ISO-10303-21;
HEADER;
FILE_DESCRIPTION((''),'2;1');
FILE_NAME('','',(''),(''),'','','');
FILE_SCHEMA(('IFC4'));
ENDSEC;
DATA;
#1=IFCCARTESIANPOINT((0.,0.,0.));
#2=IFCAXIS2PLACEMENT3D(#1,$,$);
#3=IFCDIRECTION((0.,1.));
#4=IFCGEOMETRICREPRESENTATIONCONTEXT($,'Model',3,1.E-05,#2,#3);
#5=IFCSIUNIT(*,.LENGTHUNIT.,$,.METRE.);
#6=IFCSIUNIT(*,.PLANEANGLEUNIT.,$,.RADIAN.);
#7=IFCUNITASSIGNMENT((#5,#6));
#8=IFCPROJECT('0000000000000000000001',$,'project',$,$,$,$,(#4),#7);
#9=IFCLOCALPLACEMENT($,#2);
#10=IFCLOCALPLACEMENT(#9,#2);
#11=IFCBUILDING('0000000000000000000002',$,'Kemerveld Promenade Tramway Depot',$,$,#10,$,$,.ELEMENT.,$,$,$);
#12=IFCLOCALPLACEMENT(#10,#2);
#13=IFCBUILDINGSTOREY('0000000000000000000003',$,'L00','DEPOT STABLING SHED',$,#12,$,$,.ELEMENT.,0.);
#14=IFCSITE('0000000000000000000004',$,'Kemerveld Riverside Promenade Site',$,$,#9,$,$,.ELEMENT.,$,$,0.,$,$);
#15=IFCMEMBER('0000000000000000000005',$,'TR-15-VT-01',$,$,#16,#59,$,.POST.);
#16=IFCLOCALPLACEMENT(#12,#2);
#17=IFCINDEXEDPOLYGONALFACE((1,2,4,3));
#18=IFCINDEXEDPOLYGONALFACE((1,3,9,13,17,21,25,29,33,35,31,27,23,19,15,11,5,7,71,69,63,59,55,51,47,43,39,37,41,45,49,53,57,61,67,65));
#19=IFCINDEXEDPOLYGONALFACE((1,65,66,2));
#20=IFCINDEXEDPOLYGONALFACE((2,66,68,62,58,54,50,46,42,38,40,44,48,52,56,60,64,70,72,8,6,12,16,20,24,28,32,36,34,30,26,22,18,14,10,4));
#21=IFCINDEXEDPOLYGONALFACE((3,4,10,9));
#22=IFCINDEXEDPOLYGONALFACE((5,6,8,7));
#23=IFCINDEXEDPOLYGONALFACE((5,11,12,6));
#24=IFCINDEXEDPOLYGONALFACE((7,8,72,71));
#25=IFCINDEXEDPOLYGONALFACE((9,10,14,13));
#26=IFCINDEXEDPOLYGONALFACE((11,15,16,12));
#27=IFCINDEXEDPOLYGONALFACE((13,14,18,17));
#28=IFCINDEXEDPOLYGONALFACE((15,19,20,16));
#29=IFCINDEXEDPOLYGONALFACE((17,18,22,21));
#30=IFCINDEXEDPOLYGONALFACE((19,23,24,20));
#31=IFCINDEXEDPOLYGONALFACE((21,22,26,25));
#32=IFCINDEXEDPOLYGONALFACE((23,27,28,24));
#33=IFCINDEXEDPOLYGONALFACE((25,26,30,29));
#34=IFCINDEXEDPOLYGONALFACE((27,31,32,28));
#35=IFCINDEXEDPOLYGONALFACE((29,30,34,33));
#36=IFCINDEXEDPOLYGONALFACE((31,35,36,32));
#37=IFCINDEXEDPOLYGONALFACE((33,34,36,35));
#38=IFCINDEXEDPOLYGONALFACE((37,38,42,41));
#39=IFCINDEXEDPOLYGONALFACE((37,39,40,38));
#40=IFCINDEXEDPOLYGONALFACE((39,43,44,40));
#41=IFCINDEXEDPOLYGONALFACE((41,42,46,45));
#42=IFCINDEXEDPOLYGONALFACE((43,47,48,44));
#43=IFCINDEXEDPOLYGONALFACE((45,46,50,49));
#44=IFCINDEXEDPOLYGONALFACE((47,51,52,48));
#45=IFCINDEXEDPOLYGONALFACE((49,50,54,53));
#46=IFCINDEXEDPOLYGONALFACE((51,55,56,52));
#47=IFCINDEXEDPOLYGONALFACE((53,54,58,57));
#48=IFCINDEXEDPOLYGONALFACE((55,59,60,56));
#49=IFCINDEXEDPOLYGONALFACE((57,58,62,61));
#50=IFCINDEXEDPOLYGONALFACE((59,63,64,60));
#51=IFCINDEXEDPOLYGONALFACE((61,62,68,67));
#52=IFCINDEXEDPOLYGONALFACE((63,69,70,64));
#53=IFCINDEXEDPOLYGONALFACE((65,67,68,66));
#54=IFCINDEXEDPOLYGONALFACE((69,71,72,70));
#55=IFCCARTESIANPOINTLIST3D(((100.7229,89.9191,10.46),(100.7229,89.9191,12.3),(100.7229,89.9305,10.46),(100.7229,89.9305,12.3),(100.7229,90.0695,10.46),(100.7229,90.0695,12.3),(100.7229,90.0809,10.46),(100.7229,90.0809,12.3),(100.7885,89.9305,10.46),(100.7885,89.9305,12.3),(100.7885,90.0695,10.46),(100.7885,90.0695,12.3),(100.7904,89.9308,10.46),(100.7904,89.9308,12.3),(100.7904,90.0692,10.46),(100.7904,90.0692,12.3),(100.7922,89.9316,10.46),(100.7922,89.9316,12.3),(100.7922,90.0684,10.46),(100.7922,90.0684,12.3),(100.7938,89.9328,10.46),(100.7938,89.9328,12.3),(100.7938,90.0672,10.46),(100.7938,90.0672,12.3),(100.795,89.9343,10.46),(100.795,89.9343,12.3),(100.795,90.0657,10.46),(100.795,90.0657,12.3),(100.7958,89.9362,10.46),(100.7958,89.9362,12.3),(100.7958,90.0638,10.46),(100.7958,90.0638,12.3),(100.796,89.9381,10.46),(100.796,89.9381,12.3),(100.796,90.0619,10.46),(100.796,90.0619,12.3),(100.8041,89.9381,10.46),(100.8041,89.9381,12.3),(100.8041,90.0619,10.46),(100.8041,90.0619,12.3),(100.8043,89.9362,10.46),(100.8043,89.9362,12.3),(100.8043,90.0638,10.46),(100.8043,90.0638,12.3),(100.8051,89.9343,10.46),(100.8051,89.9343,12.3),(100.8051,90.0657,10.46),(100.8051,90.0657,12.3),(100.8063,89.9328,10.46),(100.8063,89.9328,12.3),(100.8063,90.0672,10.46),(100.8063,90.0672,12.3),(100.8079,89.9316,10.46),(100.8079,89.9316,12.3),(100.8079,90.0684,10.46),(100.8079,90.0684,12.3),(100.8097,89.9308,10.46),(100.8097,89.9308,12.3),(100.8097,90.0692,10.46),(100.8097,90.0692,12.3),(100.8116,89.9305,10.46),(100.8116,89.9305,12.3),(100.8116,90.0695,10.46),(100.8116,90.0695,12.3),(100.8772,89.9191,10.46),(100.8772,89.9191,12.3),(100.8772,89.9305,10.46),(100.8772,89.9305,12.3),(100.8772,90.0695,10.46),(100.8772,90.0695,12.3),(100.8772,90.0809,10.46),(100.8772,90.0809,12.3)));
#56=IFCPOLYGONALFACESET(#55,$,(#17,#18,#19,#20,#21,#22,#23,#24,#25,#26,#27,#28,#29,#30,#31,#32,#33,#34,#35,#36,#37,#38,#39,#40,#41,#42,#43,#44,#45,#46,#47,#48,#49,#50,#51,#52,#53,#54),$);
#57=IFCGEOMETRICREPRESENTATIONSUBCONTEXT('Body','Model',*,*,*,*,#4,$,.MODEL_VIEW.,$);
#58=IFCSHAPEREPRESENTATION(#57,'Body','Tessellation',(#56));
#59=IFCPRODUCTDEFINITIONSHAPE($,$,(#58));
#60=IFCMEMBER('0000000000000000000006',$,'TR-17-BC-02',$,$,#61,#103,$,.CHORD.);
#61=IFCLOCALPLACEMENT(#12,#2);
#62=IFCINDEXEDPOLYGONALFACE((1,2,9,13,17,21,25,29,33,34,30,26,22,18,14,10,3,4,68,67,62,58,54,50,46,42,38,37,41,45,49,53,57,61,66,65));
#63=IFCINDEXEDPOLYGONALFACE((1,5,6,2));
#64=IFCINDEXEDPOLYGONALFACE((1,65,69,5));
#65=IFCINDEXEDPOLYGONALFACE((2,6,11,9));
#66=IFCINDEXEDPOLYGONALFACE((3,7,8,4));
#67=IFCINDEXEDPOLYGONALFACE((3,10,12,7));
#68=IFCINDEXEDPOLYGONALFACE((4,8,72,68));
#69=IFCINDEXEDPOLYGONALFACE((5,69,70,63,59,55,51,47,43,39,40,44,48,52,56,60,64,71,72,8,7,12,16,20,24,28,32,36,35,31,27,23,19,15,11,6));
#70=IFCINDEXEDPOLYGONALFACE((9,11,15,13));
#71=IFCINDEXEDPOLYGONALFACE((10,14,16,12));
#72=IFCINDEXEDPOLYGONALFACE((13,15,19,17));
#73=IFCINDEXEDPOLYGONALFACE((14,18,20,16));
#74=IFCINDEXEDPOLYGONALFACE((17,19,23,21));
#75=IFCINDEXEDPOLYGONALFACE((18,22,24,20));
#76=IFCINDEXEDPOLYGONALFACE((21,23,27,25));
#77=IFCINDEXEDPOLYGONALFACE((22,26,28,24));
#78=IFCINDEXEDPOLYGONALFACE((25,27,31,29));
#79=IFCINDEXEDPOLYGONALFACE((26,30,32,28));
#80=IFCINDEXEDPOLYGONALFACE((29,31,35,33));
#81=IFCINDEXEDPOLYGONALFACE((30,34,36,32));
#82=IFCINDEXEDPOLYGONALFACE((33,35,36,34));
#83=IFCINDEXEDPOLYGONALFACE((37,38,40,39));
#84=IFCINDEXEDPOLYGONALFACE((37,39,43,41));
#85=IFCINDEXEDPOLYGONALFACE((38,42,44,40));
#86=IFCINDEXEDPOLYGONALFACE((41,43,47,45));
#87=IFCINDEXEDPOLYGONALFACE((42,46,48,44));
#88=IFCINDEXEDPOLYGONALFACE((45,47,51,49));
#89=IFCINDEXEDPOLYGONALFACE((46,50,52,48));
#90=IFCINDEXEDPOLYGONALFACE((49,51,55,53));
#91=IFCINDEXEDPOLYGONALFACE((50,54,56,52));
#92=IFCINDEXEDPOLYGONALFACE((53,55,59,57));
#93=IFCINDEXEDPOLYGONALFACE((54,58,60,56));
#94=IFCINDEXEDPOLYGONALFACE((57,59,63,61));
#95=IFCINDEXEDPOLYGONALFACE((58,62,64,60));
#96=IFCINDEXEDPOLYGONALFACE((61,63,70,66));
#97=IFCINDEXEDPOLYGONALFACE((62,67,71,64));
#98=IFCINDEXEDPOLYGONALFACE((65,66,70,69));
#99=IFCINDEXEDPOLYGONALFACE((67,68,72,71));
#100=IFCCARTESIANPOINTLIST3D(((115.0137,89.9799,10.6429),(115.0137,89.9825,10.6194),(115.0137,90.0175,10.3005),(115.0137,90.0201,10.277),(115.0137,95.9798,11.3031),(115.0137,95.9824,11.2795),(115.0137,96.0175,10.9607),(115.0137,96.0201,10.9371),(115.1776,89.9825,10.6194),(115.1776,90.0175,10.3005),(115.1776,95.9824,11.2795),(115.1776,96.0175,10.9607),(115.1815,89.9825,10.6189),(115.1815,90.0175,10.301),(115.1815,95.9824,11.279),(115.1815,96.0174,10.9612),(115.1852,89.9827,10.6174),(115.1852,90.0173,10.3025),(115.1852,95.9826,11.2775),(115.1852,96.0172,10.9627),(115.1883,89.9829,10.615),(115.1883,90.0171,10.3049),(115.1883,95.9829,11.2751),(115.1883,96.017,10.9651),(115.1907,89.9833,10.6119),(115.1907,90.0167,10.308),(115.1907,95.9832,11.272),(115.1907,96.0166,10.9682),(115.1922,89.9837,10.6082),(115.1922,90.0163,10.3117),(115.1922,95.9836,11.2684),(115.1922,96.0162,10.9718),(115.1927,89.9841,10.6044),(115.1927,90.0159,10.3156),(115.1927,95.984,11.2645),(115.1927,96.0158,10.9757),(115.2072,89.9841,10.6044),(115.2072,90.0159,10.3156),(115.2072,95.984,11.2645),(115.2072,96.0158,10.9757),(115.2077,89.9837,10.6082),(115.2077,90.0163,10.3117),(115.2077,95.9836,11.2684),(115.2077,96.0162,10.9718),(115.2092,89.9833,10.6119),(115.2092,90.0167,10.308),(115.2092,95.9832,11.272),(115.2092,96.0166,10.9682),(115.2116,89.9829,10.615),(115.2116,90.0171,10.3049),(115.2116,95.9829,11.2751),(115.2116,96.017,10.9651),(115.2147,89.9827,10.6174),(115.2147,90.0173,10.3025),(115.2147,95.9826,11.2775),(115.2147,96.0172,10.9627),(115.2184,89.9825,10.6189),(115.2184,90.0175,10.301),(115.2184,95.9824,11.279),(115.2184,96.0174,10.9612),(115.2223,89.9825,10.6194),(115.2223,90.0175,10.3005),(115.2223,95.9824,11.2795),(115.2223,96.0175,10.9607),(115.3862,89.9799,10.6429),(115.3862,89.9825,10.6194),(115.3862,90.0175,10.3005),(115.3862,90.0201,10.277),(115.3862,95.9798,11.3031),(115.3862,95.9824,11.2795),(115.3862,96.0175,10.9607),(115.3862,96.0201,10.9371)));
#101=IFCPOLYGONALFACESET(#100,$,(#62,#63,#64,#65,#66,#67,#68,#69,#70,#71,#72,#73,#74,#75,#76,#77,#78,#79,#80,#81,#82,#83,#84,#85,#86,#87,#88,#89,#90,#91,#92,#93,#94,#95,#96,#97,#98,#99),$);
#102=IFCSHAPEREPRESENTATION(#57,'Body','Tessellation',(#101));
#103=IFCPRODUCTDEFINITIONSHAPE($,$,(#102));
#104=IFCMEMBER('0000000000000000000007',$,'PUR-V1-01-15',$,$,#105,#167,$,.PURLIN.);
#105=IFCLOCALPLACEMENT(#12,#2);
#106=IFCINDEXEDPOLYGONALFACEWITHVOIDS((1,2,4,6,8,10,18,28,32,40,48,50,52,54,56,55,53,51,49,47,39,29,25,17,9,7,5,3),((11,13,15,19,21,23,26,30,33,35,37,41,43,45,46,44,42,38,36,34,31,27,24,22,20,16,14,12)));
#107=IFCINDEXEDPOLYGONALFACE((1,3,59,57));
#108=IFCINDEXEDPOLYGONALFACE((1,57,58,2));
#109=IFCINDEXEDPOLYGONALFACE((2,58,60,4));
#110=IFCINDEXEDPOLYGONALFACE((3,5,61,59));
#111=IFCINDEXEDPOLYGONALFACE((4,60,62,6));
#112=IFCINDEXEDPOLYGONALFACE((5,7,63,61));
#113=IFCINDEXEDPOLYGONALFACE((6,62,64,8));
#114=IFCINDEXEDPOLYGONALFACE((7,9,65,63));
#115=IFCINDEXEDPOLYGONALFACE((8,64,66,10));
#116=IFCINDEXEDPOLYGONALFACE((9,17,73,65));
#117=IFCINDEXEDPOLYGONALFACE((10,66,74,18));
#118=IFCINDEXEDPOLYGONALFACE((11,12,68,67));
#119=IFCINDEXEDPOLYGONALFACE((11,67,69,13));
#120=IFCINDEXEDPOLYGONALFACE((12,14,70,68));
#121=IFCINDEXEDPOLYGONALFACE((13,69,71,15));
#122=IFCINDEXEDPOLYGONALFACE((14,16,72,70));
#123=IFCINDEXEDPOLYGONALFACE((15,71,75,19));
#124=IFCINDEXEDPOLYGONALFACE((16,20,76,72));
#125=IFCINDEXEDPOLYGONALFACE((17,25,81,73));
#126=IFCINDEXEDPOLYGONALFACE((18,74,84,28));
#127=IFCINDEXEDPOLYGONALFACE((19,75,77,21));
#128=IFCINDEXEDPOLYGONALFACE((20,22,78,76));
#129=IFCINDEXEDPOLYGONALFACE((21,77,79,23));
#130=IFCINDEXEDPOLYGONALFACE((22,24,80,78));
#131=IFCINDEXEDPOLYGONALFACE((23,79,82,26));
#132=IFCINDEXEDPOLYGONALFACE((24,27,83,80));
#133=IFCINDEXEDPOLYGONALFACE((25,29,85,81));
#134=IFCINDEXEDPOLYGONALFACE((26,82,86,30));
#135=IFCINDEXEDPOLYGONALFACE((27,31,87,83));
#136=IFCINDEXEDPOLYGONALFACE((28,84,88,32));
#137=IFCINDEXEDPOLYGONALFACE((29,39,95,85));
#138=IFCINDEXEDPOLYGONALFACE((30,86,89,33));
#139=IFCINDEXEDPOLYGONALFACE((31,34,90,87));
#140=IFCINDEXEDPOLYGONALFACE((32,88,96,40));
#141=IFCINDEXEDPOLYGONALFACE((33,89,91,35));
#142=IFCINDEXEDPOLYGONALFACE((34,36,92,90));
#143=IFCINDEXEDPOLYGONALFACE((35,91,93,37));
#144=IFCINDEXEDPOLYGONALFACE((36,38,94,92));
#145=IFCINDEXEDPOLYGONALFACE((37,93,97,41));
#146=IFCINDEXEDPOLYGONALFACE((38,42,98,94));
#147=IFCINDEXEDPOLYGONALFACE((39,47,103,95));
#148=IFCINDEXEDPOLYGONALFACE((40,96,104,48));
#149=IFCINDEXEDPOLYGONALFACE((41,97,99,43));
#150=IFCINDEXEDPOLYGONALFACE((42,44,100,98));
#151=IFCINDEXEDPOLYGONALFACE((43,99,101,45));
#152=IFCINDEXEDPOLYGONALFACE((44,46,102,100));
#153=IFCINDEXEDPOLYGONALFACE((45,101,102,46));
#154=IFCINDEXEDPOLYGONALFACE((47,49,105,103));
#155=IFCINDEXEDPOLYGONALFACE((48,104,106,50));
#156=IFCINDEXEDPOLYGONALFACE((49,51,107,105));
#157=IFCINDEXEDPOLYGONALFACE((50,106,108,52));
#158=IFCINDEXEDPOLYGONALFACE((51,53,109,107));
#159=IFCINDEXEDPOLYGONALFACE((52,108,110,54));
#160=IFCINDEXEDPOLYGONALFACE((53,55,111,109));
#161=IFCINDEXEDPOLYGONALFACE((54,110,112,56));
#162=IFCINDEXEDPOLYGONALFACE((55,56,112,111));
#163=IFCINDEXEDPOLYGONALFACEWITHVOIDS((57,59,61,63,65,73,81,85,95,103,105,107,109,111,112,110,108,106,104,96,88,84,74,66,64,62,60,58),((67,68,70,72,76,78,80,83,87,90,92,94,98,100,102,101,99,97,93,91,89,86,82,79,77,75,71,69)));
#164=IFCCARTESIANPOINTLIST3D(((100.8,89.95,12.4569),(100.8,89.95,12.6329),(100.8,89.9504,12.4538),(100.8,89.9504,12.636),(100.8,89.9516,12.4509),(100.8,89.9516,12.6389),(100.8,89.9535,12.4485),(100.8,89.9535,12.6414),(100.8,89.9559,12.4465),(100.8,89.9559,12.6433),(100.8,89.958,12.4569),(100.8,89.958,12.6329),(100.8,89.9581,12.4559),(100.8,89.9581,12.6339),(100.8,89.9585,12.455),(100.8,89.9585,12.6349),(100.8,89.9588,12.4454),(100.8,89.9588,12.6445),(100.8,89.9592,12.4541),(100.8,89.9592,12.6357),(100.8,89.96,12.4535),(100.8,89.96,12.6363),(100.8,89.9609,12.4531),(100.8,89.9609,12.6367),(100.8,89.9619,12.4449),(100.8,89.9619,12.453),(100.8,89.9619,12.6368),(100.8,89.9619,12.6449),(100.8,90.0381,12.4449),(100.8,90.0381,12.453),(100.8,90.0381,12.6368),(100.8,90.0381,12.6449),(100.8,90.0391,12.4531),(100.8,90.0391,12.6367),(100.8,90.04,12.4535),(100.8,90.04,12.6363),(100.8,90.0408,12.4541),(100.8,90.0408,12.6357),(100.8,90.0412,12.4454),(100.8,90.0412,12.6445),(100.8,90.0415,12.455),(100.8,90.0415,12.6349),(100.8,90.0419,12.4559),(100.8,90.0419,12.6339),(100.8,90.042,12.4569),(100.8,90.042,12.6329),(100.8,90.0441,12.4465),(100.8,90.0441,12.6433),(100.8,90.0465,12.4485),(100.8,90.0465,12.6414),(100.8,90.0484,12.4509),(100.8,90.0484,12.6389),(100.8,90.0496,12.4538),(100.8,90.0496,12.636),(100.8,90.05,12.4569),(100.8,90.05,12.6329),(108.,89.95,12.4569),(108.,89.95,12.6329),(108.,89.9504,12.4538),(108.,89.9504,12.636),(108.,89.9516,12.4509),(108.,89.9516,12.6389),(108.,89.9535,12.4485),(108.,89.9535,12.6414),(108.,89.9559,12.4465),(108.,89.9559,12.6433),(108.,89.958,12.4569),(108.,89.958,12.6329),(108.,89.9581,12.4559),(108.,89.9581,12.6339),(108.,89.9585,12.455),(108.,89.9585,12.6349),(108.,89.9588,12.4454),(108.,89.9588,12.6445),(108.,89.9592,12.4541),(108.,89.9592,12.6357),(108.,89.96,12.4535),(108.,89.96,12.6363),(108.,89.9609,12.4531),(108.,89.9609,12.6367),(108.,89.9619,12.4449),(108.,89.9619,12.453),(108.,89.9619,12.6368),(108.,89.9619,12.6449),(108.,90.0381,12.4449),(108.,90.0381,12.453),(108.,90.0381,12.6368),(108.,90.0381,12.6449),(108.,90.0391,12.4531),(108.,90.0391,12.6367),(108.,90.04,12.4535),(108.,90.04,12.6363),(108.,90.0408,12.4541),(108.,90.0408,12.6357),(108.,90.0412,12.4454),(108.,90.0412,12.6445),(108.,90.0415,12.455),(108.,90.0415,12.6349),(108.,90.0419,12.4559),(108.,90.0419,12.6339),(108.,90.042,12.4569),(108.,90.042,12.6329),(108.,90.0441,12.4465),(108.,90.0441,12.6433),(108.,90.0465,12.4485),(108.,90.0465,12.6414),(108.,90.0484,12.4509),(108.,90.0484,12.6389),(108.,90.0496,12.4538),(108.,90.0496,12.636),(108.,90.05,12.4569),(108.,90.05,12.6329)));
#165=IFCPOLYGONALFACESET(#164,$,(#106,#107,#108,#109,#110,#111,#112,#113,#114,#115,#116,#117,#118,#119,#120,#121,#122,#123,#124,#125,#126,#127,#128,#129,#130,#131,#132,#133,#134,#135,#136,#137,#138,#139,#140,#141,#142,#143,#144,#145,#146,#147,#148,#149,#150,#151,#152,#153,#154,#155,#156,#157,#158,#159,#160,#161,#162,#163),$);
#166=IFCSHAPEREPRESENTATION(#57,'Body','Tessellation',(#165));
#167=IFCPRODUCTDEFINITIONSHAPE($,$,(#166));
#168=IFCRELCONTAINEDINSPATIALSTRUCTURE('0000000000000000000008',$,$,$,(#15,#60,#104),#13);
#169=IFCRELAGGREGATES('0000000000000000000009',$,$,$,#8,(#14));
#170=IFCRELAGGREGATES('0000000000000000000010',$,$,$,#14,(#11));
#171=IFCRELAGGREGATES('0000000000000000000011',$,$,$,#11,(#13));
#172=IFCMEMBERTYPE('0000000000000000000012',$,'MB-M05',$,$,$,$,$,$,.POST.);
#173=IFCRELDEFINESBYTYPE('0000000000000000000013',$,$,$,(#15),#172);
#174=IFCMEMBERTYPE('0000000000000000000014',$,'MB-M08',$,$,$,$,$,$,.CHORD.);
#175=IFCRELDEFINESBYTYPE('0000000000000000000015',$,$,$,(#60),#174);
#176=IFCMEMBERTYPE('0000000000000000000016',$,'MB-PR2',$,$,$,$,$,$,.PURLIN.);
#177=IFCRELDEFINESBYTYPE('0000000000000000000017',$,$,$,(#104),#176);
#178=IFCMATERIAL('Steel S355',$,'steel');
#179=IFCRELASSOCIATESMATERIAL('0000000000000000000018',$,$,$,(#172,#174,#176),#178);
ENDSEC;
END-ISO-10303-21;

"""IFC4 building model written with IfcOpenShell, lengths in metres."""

from ifc_helpers import new_model, si_unit, direction, frame, origin, origin_2d, place, context, subcontext, project, spatial, hollow_rectangle, i_section, extrude, material, material_profile, profile_set, type_object, element, save


model = new_model("IFC4")

# Units and contexts
model_context = context("Model", 3, precision=1e-05, world=origin(), true_north=direction((0.0, 1.0)))
body_context = subcontext(model_context, "Body", "Model", "MODEL_VIEW")
ifc_project = project(units=[si_unit("LENGTHUNIT", "METRE"), si_unit("PLANEANGLEUNIT", "RADIAN")], contexts=[model_context])

# Site, building, storey
site_placement = place(None, origin())
site = spatial("IfcSite", under=ifc_project, at=site_placement, Name="Kemerveld Riverside Promenade Site", CompositionType="ELEMENT", RefElevation=0.0)
building_placement = place(site_placement, origin())
building = spatial("IfcBuilding", under=site, at=building_placement, Name="Kemerveld Promenade Tramway Depot", CompositionType="ELEMENT")
storey_placement = place(building_placement, origin())
storey = spatial("IfcBuildingStorey", under=building, at=storey_placement, Name="L00", Description="DEPOT STABLING SHED", CompositionType="ELEMENT", Elevation=0.0)

# Members
ifc_material_1 = material(Name="Steel S355", Category="steel")
ifc_material_profile_1 = material_profile(ifc_material_1, i_section(OverallWidth=0.1543, OverallDepth=0.1619, WebThickness=0.0081, FlangeThickness=0.0115, FilletRadius=0.0076, at=origin_2d()), Name="152x152x37 UC")
ifc_profile_set_1 = profile_set([ifc_material_profile_1], Name="Steel S355")
member_type_1 = type_object("IfcMemberType", Name="MB-M05", PredefinedType="POST", material=ifc_profile_set_1)
member_1_placement = place(storey_placement, frame((100.8, 90.0, 10.46), z_axis=(0.0, 0.0, 1.0), x_axis=(1.0, 0.0, 0.0)))
element("IfcMember", 1, at=member_1_placement, inside=storey, type_object=member_type_1, Name="TR-15-VT-01", PredefinedType="POST", context=body_context, shape_type="SweptSolid", body=[
    extrude(i_section(OverallWidth=0.1543, OverallDepth=0.1619, WebThickness=0.0081, FlangeThickness=0.0115, FilletRadius=0.0076, at=origin_2d()), origin(), (0.0, 0.0, 1.0), 1.8401),
])
ifc_material_profile_2 = material_profile(ifc_material_1, i_section(OverallWidth=0.3726, OverallDepth=0.3682, WebThickness=0.0144, FlangeThickness=0.0237, FilletRadius=0.0151, at=origin_2d()), Name="356x368x177 UC")
ifc_profile_set_2 = profile_set([ifc_material_profile_2], Name="Steel S355")
member_type_2 = type_object("IfcMemberType", Name="MB-M08", PredefinedType="CHORD", material=ifc_profile_set_2)
member_2_placement = place(storey_placement, frame((115.2, 90.0, 10.46), z_axis=(0.0, 0.994002, 0.109366), x_axis=(-1.0, 0.0, 0.0)))
element("IfcMember", 2, at=member_2_placement, inside=storey, type_object=member_type_2, Name="TR-17-BC-02", PredefinedType="CHORD", context=body_context, shape_type="SweptSolid", body=[
    extrude(i_section(OverallWidth=0.3726, OverallDepth=0.3682, WebThickness=0.0144, FlangeThickness=0.0237, FilletRadius=0.0151, at=origin_2d()), origin(), (0.0, 0.0, 1.0), 6.0361),
])
ifc_material_profile_3 = material_profile(ifc_material_1, hollow_rectangle(XDim=0.1001, YDim=0.2, WallThickness=0.0081, InnerFilletRadius=0.0039, OuterFilletRadius=0.012, at=origin_2d()), Name="200x100x8.0 RHS")
ifc_profile_set_3 = profile_set([ifc_material_profile_3], Name="Steel S355")
member_type_3 = type_object("IfcMemberType", Name="MB-PR2", PredefinedType="PURLIN", material=ifc_profile_set_3)
for number, where, z_axis, x_axis, name in (
    (3, (100.8, 90.0, 12.5449), (1.0, 0.0, 0.0), (0.0, 1.0, 0.0), "PUR-V1-01-15"),
):
    element("IfcMember", number, at=place(storey_placement, frame(where, z_axis=z_axis, x_axis=x_axis)), inside=storey, type_object=member_type_3, Name=name, PredefinedType="PURLIN", context=body_context, shape_type="SweptSolid", body=[
        extrude(hollow_rectangle(XDim=0.1001, YDim=0.2, WallThickness=0.0081, InnerFilletRadius=0.0039, OuterFilletRadius=0.012, at=origin_2d()), origin(), (0.0, 0.0, 1.0), 7.2),
    ])

save(model, "model.ifc")
